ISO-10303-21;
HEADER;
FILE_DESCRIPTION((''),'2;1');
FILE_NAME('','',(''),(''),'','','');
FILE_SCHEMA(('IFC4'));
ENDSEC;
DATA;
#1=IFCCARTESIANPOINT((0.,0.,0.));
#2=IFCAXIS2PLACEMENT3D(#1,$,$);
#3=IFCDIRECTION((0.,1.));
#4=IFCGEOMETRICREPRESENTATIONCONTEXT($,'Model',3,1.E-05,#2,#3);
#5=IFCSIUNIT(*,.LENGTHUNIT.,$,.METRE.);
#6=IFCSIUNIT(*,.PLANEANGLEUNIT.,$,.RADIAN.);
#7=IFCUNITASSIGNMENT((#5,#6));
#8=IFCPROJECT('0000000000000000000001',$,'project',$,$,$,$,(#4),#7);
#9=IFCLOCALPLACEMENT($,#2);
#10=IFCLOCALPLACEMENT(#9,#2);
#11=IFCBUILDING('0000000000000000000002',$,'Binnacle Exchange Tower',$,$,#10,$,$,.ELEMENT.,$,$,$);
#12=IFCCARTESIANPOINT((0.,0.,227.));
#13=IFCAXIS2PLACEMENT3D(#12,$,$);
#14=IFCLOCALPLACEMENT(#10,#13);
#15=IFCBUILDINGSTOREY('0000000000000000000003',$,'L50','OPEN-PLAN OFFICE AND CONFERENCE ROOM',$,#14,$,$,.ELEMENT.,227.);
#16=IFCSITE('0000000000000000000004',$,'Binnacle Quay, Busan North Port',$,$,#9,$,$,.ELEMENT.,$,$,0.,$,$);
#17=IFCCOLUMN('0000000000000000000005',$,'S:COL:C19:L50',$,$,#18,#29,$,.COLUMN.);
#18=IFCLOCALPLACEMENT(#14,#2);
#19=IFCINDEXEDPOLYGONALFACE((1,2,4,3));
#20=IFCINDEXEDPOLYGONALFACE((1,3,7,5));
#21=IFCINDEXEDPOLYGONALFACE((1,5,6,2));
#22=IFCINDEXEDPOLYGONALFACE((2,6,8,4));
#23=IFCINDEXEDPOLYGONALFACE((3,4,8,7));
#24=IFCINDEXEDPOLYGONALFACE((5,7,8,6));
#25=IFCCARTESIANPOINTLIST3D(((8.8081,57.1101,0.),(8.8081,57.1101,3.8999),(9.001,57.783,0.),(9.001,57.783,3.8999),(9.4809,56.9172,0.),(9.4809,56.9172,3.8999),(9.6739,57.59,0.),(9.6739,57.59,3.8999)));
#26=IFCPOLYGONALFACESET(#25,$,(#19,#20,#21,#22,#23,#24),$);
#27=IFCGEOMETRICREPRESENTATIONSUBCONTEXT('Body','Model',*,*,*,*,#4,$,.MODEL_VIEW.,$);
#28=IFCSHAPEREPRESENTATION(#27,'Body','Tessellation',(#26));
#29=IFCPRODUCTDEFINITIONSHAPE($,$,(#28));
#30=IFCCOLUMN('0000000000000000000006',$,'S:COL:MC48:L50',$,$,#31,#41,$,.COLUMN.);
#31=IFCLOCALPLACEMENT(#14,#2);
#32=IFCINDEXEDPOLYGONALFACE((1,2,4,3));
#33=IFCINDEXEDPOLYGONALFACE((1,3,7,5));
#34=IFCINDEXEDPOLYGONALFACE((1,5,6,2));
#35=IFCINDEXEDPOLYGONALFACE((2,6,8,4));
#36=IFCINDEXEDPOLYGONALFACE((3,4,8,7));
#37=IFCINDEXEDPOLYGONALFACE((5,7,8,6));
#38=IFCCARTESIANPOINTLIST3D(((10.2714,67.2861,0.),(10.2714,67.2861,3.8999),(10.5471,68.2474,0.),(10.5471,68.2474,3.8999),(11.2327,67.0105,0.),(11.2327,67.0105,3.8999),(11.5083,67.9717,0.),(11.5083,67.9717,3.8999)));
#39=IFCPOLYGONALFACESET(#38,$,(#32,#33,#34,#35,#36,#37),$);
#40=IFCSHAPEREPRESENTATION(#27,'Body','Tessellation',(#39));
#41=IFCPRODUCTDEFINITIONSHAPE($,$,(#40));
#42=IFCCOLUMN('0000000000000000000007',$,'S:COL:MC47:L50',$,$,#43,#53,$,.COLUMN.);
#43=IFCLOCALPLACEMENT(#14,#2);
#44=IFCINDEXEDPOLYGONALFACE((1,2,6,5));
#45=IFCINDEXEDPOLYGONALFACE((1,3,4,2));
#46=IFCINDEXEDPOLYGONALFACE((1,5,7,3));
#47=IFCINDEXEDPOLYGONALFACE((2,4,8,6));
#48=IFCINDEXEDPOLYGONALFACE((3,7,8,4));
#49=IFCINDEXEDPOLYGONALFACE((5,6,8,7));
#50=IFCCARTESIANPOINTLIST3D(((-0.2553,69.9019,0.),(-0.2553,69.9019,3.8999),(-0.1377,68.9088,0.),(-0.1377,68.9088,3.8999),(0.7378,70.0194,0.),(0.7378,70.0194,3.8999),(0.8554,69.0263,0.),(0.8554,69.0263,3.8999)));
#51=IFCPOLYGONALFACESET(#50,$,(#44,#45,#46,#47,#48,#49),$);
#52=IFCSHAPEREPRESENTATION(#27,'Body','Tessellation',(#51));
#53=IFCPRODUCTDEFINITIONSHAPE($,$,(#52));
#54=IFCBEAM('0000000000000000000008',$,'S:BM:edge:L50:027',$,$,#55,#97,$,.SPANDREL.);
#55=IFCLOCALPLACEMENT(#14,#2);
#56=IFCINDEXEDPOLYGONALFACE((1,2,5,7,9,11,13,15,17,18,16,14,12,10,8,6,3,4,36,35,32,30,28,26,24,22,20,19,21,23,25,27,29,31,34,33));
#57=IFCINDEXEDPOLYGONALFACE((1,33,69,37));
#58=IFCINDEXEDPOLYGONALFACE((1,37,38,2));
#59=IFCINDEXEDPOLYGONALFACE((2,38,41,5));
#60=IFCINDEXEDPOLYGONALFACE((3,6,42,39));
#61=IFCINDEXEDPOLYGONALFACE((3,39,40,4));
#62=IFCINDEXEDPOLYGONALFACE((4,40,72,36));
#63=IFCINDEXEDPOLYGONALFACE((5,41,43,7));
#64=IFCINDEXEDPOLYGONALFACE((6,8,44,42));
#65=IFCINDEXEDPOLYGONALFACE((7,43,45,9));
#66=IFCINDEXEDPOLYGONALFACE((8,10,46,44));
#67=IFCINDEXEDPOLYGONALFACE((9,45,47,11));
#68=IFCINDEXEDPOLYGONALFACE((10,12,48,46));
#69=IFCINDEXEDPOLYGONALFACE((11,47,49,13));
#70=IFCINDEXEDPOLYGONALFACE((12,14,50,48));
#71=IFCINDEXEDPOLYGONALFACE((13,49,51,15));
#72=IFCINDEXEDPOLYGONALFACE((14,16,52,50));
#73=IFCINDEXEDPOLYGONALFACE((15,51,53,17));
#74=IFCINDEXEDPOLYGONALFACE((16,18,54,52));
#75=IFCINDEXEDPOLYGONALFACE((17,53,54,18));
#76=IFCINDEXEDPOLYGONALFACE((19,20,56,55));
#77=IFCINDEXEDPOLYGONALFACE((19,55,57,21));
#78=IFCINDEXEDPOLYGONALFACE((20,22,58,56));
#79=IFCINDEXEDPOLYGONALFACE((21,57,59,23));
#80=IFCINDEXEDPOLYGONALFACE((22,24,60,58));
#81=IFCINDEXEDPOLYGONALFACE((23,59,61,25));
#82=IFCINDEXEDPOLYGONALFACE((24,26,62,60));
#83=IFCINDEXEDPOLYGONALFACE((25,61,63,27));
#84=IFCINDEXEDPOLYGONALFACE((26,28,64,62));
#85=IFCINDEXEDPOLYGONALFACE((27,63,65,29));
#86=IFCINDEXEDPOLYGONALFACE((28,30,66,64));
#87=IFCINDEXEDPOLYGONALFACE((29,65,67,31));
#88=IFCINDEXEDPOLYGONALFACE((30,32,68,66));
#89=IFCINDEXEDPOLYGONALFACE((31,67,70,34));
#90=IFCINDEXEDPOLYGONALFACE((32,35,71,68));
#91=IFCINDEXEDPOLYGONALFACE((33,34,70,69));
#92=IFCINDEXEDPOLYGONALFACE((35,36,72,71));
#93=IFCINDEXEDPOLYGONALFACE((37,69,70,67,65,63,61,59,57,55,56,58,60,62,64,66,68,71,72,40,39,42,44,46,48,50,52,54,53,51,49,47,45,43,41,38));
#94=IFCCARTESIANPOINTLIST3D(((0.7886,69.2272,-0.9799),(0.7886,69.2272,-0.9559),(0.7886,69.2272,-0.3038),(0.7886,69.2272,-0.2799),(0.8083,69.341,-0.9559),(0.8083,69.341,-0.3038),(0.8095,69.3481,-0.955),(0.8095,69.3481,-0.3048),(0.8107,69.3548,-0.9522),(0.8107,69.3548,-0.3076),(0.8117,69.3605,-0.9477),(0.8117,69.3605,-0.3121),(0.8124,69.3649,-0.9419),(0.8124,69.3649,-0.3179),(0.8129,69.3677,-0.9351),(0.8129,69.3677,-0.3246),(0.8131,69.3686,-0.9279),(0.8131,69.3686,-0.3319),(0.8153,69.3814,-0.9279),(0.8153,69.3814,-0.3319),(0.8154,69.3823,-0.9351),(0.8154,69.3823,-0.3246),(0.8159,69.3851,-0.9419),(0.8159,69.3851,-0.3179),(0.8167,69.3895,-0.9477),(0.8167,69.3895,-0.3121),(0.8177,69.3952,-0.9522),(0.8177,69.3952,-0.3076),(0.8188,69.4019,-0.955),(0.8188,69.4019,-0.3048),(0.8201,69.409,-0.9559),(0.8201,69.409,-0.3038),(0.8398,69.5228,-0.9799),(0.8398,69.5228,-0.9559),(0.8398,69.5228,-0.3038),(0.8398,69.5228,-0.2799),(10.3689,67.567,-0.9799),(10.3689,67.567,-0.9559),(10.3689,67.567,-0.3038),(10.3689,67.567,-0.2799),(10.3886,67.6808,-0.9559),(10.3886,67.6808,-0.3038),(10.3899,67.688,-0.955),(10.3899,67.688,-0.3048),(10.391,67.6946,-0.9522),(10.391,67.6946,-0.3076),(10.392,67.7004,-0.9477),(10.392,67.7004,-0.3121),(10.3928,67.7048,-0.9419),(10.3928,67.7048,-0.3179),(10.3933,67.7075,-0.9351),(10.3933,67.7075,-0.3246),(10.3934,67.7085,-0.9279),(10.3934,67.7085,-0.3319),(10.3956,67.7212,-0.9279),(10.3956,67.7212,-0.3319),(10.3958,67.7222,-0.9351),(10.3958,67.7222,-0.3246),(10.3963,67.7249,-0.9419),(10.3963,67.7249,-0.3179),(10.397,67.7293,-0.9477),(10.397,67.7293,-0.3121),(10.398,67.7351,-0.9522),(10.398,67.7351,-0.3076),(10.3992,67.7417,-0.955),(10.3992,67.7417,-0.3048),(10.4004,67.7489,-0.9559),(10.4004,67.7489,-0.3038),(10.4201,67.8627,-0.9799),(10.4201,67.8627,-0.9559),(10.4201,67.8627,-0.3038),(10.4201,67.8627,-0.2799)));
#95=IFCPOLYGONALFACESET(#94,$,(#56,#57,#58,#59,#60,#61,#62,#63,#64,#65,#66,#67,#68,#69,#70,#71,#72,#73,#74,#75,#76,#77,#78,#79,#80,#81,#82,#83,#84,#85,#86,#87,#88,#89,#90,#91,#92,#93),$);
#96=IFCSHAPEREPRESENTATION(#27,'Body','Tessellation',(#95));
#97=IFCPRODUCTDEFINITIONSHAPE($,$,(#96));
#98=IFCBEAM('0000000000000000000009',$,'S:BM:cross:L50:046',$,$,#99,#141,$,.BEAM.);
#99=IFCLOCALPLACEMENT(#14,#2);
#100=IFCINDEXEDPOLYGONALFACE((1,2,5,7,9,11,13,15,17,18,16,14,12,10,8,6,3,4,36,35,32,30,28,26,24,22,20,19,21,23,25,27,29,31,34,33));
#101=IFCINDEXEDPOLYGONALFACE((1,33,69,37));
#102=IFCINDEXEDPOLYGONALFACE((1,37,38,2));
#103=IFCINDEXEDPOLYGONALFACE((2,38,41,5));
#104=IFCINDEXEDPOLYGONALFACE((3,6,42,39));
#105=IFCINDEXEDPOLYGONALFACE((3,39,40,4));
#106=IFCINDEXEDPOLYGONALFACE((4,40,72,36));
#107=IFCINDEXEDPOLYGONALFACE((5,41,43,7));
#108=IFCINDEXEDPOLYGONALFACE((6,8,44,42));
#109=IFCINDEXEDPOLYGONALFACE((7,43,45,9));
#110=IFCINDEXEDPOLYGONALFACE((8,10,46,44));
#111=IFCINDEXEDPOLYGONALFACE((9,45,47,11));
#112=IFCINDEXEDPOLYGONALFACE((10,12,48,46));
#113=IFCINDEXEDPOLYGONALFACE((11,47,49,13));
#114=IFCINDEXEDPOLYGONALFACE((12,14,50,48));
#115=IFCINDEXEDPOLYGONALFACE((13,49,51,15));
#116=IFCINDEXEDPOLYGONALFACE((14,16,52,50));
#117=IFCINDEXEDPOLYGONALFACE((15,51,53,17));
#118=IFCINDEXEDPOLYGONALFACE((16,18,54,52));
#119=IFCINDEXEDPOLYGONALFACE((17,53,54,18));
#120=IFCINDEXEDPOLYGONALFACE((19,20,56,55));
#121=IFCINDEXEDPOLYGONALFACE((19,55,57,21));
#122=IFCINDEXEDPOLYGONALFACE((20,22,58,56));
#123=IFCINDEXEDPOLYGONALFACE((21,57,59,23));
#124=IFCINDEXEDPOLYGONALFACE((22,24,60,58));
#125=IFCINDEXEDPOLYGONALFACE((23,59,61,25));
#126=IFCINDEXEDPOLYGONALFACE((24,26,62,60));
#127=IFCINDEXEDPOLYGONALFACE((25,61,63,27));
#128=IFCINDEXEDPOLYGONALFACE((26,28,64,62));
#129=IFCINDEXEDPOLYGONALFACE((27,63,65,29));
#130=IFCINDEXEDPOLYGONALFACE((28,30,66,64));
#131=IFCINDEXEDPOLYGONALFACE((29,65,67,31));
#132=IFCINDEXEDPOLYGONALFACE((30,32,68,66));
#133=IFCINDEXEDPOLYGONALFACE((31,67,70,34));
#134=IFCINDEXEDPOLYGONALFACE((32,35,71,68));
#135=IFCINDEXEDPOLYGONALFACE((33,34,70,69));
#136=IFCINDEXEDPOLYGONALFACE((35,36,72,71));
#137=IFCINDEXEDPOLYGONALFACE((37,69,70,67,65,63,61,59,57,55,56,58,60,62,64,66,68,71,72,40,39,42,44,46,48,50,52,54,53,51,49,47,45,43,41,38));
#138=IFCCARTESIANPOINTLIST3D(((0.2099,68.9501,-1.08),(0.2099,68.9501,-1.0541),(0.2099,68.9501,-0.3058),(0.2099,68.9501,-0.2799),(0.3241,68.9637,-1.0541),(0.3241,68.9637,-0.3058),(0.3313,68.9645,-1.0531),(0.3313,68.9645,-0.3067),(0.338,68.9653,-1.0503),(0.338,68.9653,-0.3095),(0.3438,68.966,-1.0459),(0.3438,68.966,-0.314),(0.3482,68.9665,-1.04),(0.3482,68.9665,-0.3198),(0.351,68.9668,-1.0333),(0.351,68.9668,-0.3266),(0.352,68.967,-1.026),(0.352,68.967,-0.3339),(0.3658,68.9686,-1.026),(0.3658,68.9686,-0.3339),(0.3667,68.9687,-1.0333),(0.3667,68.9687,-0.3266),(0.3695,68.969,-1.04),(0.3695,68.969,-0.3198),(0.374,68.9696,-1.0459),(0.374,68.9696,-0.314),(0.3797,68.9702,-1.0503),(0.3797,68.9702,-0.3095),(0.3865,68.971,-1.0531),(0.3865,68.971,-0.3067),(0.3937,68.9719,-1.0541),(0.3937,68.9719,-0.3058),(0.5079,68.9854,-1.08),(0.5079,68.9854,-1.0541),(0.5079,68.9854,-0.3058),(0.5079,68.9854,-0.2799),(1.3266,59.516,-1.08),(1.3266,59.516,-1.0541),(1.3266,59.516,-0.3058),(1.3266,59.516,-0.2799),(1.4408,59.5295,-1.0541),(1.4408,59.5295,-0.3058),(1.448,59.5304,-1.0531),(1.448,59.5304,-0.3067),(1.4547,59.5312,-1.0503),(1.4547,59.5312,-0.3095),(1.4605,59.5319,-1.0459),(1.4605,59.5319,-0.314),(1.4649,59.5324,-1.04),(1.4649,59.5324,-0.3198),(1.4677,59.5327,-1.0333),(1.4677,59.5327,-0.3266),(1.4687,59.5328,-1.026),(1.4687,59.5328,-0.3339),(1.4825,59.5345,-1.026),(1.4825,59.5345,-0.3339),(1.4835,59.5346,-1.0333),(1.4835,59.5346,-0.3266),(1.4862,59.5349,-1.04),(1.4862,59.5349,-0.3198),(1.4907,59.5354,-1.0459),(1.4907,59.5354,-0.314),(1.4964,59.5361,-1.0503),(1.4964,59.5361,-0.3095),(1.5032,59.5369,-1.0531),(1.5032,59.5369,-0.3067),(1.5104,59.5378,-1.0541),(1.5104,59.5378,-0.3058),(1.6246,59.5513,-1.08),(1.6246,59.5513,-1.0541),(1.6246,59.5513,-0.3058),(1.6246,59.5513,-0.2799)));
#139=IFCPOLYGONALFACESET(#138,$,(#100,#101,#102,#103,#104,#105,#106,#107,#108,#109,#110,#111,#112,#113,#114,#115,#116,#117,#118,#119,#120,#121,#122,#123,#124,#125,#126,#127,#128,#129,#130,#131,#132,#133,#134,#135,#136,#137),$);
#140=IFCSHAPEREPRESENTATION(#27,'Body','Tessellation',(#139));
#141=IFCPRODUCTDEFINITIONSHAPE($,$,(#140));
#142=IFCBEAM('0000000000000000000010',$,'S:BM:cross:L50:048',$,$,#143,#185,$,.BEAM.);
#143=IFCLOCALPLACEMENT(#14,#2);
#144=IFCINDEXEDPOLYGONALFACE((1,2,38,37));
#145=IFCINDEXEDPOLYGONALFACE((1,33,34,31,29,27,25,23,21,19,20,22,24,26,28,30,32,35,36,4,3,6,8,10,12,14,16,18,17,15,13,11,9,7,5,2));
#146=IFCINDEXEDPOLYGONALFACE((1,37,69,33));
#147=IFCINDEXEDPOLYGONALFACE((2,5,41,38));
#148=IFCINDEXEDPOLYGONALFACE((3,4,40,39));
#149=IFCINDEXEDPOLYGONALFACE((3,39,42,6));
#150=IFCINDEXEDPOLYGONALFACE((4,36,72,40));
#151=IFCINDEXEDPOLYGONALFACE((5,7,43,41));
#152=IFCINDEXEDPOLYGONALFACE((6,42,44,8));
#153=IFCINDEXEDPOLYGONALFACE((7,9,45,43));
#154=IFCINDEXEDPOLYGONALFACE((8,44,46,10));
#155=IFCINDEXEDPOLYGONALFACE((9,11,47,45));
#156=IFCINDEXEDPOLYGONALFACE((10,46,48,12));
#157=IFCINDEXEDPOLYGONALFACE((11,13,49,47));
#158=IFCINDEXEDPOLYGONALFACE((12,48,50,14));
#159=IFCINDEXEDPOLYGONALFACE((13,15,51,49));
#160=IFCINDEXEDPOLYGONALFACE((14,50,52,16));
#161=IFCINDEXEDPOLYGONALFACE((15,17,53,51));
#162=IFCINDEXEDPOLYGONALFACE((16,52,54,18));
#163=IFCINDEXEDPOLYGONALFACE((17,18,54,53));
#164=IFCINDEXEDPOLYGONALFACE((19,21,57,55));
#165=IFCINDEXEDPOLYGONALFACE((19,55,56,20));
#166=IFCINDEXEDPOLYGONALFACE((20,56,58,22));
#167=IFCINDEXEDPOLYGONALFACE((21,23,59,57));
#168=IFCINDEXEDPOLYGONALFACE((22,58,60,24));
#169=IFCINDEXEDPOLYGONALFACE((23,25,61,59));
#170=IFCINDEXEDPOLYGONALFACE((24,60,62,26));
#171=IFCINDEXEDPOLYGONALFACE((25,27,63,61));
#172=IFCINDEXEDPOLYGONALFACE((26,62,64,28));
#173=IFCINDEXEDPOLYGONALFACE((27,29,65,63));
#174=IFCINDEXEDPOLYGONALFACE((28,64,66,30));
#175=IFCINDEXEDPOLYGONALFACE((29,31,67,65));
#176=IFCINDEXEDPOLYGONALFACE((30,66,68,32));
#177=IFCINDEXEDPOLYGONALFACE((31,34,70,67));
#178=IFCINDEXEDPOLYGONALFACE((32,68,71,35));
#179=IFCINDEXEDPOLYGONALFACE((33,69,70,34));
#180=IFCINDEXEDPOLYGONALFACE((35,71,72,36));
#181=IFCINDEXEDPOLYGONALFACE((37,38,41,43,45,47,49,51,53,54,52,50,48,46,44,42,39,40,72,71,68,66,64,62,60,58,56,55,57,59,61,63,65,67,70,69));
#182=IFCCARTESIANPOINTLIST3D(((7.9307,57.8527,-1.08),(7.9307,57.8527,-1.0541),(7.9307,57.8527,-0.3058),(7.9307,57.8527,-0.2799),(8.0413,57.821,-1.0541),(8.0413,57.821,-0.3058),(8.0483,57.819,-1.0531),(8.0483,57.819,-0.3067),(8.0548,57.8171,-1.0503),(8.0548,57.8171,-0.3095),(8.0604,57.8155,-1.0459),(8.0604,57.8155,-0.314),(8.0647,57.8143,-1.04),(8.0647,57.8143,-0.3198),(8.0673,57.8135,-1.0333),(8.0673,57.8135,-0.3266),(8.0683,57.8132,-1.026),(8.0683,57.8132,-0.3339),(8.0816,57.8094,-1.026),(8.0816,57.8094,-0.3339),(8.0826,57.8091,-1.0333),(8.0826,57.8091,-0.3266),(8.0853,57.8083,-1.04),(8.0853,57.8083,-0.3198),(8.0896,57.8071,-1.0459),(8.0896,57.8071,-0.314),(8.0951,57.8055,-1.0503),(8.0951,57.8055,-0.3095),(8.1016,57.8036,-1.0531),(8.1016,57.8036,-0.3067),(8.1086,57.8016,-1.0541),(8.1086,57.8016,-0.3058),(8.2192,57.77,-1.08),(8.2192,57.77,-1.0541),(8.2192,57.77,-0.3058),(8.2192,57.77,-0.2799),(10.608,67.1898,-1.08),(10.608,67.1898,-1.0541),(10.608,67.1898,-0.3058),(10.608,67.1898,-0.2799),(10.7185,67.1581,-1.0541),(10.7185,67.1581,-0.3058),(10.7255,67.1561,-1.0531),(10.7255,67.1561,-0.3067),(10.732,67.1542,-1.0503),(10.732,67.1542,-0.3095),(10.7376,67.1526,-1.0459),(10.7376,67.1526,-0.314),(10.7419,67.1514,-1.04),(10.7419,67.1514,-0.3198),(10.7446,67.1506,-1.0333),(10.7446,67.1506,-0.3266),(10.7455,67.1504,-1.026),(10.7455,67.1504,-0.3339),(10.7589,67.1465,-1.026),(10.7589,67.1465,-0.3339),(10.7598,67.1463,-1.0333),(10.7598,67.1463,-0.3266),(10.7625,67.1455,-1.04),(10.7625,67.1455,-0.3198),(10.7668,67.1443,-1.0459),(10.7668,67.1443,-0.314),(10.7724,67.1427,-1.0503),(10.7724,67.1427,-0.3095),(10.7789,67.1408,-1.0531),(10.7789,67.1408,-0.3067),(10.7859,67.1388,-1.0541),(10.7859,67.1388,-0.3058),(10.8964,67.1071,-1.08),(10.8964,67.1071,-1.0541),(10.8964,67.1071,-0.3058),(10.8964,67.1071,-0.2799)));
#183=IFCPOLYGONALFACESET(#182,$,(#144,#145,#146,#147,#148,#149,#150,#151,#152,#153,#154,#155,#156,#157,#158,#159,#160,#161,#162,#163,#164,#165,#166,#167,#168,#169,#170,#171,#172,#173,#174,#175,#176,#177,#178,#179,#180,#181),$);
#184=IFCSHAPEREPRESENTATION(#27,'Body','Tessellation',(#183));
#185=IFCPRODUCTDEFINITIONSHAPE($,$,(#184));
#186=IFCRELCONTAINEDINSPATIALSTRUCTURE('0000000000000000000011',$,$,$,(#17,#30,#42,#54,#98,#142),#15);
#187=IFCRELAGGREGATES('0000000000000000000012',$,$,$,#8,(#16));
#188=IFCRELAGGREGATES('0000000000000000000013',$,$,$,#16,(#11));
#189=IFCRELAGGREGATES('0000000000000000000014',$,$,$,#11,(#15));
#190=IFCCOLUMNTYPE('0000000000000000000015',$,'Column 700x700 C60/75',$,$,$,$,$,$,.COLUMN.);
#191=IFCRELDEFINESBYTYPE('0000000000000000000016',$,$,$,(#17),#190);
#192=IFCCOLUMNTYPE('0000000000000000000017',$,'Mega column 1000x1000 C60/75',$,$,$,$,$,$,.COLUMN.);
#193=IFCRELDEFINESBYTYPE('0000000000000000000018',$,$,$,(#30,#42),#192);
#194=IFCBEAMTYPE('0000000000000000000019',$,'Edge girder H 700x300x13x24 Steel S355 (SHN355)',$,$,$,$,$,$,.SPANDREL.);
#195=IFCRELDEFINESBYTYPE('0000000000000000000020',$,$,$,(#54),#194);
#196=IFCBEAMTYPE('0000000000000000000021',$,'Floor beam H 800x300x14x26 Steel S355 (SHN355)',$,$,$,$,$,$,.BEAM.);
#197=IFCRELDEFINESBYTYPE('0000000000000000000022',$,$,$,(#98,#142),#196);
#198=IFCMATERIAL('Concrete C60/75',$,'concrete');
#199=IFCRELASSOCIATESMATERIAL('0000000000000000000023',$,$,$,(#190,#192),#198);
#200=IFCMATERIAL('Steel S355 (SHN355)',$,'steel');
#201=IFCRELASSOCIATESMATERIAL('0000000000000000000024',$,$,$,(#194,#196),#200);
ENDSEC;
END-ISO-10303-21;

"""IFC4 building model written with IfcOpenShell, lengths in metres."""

from ifc_helpers import new_model, si_unit, direction, frame, origin, origin_2d, place, context, subcontext, project, spatial, rectangle, i_section, extrude, material, material_profile, profile_set, type_object, element, save


model = new_model("IFC4")

# Units and contexts
model_context = context("Model", 3, precision=1e-05, world=origin(), true_north=direction((0.0, 1.0)))
body_context = subcontext(model_context, "Body", "Model", "MODEL_VIEW")
ifc_project = project(units=[si_unit("LENGTHUNIT", "METRE"), si_unit("PLANEANGLEUNIT", "RADIAN")], contexts=[model_context])

# Site, building, storey
site_placement = place(None, origin())
site = spatial("IfcSite", under=ifc_project, at=site_placement, Name="Binnacle Quay, Busan North Port", CompositionType="ELEMENT", RefElevation=0.0)
building_placement = place(site_placement, origin())
building = spatial("IfcBuilding", under=site, at=building_placement, Name="Binnacle Exchange Tower", CompositionType="ELEMENT")
storey_placement = place(building_placement, frame((0.0, 0.0, 227.0)))
storey = spatial("IfcBuildingStorey", under=building, at=storey_placement, Name="L50", Description="OPEN-PLAN OFFICE AND CONFERENCE ROOM", CompositionType="ELEMENT", Elevation=227.0)

# Columns
ifc_material_1 = material(Name="Concrete C60/75", Category="concrete")
ifc_material_profile_1 = material_profile(ifc_material_1, rectangle(XDim=0.7, YDim=0.7, at=origin_2d()), Name="Column 700x700 C60/75")
ifc_profile_set_1 = profile_set([ifc_material_profile_1], Name="Concrete C60/75")
column_type_1 = type_object("IfcColumnType", Name="Column 700x700 C60/75", PredefinedType="COLUMN", material=ifc_profile_set_1)
column_placement = place(storey_placement, frame((9.241, 57.3501, 0.0), z_axis=(0.0, 0.0, 1.0), x_axis=(0.961262, -0.275637, 0.0)))
element("IfcColumn", 1, at=column_placement, inside=storey, type_object=column_type_1, Name="S:COL:C19:L50", PredefinedType="COLUMN", context=body_context, shape_type="SweptSolid", body=[
    extrude(rectangle(XDim=0.7, YDim=0.7, at=origin_2d()), origin(), (0.0, 0.0, 1.0), 3.8999),
])
ifc_material_profile_2 = material_profile(ifc_material_1, rectangle(XDim=1.0, YDim=1.0, at=origin_2d()), Name="Mega column 1000x1000 C60/75")
ifc_profile_set_2 = profile_set([ifc_material_profile_2], Name="Concrete C60/75")
column_type_2 = type_object("IfcColumnType", Name="Mega column 1000x1000 C60/75", PredefinedType="COLUMN", material=ifc_profile_set_2)
for number, where, z_axis, x_axis, name in (
    (2, (10.8899, 67.6289, 0.0), (0.0, 0.0, 1.0), (-0.961262, 0.275637, 0.0), "S:COL:MC48:L50"),
    (3, (0.3, 69.4641, 0.0), (0.0, 0.0, 1.0), (-0.993068, -0.117537, 0.0), "S:COL:MC47:L50"),
):
    element("IfcColumn", number, at=place(storey_placement, frame(where, z_axis=z_axis, x_axis=x_axis)), inside=storey, type_object=column_type_2, Name=name, PredefinedType="COLUMN", context=body_context, shape_type="SweptSolid", body=[
        extrude(rectangle(XDim=1.0, YDim=1.0, at=origin_2d()), origin(), (0.0, 0.0, 1.0), 3.8999),
    ])

# Beams
ifc_material_2 = material(Name="Steel S355 (SHN355)", Category="steel")
ifc_material_profile_3 = material_profile(ifc_material_2, i_section(OverallWidth=0.3, OverallDepth=0.7, WebThickness=0.0129, FlangeThickness=0.0239, FilletRadius=0.0281, at=origin_2d()), Name="H 700x300x13x24")
ifc_profile_set_3 = profile_set([ifc_material_profile_3], Name="Steel S355 (SHN355)")
beam_type_1 = type_object("IfcBeamType", Name="Edge girder H 700x300x13x24 Steel S355 (SHN355)", PredefinedType="SPANDREL", material=ifc_profile_set_3)
beam_1_placement = place(storey_placement, frame((10.3945, 67.7148, -0.6299), z_axis=(-0.985316, 0.170743, 0.0), x_axis=(-0.170743, -0.985316, 0.0)))
element("IfcBeam", 4, at=beam_1_placement, inside=storey, type_object=beam_type_1, Name="S:BM:edge:L50:027", PredefinedType="SPANDREL", context=body_context, shape_type="SweptSolid", body=[
    extrude(i_section(OverallWidth=0.3, OverallDepth=0.7, WebThickness=0.0129, FlangeThickness=0.0239, FilletRadius=0.0281, at=origin_2d()), origin(), (0.0, 0.0, 1.0), 9.7231),
])
ifc_material_profile_4 = material_profile(ifc_material_2, i_section(OverallWidth=0.3, OverallDepth=0.8, WebThickness=0.0139, FlangeThickness=0.0259, FilletRadius=0.0281, at=origin_2d()), Name="H 800x300x14x26")
ifc_profile_set_4 = profile_set([ifc_material_profile_4], Name="Steel S355 (SHN355)")
beam_type_2 = type_object("IfcBeamType", Name="Floor beam H 800x300x14x26 Steel S355 (SHN355)", PredefinedType="BEAM", material=ifc_profile_set_4)
beam_2_placement = place(storey_placement, frame((0.3589, 68.9678, -0.6799), z_axis=(0.117548, -0.993067, 0.0), x_axis=(0.993067, 0.117548, 0.0)))
element("IfcBeam", 5, at=beam_2_placement, inside=storey, type_object=beam_type_2, Name="S:BM:cross:L50:046", PredefinedType="BEAM", context=body_context, shape_type="SweptSolid", body=[
    extrude(i_section(OverallWidth=0.3, OverallDepth=0.8, WebThickness=0.0139, FlangeThickness=0.0259, FilletRadius=0.0281, at=origin_2d()), origin(), (0.0, 0.0, 1.0), 9.5),
])
beam_3_placement = place(storey_placement, frame((10.7522, 67.1484, -0.6799), z_axis=(-0.275624, -0.961266, 0.0), x_axis=(0.961266, -0.275624, 0.0)))
element("IfcBeam", 6, at=beam_3_placement, inside=storey, type_object=beam_type_2, Name="S:BM:cross:L50:048", PredefinedType="BEAM", context=body_context, shape_type="SweptSolid", body=[
    extrude(i_section(OverallWidth=0.3, OverallDepth=0.8, WebThickness=0.0139, FlangeThickness=0.0259, FilletRadius=0.0281, at=origin_2d()), origin(), (0.0, 0.0, 1.0), 9.7134),
])

save(model, "model.ifc")
